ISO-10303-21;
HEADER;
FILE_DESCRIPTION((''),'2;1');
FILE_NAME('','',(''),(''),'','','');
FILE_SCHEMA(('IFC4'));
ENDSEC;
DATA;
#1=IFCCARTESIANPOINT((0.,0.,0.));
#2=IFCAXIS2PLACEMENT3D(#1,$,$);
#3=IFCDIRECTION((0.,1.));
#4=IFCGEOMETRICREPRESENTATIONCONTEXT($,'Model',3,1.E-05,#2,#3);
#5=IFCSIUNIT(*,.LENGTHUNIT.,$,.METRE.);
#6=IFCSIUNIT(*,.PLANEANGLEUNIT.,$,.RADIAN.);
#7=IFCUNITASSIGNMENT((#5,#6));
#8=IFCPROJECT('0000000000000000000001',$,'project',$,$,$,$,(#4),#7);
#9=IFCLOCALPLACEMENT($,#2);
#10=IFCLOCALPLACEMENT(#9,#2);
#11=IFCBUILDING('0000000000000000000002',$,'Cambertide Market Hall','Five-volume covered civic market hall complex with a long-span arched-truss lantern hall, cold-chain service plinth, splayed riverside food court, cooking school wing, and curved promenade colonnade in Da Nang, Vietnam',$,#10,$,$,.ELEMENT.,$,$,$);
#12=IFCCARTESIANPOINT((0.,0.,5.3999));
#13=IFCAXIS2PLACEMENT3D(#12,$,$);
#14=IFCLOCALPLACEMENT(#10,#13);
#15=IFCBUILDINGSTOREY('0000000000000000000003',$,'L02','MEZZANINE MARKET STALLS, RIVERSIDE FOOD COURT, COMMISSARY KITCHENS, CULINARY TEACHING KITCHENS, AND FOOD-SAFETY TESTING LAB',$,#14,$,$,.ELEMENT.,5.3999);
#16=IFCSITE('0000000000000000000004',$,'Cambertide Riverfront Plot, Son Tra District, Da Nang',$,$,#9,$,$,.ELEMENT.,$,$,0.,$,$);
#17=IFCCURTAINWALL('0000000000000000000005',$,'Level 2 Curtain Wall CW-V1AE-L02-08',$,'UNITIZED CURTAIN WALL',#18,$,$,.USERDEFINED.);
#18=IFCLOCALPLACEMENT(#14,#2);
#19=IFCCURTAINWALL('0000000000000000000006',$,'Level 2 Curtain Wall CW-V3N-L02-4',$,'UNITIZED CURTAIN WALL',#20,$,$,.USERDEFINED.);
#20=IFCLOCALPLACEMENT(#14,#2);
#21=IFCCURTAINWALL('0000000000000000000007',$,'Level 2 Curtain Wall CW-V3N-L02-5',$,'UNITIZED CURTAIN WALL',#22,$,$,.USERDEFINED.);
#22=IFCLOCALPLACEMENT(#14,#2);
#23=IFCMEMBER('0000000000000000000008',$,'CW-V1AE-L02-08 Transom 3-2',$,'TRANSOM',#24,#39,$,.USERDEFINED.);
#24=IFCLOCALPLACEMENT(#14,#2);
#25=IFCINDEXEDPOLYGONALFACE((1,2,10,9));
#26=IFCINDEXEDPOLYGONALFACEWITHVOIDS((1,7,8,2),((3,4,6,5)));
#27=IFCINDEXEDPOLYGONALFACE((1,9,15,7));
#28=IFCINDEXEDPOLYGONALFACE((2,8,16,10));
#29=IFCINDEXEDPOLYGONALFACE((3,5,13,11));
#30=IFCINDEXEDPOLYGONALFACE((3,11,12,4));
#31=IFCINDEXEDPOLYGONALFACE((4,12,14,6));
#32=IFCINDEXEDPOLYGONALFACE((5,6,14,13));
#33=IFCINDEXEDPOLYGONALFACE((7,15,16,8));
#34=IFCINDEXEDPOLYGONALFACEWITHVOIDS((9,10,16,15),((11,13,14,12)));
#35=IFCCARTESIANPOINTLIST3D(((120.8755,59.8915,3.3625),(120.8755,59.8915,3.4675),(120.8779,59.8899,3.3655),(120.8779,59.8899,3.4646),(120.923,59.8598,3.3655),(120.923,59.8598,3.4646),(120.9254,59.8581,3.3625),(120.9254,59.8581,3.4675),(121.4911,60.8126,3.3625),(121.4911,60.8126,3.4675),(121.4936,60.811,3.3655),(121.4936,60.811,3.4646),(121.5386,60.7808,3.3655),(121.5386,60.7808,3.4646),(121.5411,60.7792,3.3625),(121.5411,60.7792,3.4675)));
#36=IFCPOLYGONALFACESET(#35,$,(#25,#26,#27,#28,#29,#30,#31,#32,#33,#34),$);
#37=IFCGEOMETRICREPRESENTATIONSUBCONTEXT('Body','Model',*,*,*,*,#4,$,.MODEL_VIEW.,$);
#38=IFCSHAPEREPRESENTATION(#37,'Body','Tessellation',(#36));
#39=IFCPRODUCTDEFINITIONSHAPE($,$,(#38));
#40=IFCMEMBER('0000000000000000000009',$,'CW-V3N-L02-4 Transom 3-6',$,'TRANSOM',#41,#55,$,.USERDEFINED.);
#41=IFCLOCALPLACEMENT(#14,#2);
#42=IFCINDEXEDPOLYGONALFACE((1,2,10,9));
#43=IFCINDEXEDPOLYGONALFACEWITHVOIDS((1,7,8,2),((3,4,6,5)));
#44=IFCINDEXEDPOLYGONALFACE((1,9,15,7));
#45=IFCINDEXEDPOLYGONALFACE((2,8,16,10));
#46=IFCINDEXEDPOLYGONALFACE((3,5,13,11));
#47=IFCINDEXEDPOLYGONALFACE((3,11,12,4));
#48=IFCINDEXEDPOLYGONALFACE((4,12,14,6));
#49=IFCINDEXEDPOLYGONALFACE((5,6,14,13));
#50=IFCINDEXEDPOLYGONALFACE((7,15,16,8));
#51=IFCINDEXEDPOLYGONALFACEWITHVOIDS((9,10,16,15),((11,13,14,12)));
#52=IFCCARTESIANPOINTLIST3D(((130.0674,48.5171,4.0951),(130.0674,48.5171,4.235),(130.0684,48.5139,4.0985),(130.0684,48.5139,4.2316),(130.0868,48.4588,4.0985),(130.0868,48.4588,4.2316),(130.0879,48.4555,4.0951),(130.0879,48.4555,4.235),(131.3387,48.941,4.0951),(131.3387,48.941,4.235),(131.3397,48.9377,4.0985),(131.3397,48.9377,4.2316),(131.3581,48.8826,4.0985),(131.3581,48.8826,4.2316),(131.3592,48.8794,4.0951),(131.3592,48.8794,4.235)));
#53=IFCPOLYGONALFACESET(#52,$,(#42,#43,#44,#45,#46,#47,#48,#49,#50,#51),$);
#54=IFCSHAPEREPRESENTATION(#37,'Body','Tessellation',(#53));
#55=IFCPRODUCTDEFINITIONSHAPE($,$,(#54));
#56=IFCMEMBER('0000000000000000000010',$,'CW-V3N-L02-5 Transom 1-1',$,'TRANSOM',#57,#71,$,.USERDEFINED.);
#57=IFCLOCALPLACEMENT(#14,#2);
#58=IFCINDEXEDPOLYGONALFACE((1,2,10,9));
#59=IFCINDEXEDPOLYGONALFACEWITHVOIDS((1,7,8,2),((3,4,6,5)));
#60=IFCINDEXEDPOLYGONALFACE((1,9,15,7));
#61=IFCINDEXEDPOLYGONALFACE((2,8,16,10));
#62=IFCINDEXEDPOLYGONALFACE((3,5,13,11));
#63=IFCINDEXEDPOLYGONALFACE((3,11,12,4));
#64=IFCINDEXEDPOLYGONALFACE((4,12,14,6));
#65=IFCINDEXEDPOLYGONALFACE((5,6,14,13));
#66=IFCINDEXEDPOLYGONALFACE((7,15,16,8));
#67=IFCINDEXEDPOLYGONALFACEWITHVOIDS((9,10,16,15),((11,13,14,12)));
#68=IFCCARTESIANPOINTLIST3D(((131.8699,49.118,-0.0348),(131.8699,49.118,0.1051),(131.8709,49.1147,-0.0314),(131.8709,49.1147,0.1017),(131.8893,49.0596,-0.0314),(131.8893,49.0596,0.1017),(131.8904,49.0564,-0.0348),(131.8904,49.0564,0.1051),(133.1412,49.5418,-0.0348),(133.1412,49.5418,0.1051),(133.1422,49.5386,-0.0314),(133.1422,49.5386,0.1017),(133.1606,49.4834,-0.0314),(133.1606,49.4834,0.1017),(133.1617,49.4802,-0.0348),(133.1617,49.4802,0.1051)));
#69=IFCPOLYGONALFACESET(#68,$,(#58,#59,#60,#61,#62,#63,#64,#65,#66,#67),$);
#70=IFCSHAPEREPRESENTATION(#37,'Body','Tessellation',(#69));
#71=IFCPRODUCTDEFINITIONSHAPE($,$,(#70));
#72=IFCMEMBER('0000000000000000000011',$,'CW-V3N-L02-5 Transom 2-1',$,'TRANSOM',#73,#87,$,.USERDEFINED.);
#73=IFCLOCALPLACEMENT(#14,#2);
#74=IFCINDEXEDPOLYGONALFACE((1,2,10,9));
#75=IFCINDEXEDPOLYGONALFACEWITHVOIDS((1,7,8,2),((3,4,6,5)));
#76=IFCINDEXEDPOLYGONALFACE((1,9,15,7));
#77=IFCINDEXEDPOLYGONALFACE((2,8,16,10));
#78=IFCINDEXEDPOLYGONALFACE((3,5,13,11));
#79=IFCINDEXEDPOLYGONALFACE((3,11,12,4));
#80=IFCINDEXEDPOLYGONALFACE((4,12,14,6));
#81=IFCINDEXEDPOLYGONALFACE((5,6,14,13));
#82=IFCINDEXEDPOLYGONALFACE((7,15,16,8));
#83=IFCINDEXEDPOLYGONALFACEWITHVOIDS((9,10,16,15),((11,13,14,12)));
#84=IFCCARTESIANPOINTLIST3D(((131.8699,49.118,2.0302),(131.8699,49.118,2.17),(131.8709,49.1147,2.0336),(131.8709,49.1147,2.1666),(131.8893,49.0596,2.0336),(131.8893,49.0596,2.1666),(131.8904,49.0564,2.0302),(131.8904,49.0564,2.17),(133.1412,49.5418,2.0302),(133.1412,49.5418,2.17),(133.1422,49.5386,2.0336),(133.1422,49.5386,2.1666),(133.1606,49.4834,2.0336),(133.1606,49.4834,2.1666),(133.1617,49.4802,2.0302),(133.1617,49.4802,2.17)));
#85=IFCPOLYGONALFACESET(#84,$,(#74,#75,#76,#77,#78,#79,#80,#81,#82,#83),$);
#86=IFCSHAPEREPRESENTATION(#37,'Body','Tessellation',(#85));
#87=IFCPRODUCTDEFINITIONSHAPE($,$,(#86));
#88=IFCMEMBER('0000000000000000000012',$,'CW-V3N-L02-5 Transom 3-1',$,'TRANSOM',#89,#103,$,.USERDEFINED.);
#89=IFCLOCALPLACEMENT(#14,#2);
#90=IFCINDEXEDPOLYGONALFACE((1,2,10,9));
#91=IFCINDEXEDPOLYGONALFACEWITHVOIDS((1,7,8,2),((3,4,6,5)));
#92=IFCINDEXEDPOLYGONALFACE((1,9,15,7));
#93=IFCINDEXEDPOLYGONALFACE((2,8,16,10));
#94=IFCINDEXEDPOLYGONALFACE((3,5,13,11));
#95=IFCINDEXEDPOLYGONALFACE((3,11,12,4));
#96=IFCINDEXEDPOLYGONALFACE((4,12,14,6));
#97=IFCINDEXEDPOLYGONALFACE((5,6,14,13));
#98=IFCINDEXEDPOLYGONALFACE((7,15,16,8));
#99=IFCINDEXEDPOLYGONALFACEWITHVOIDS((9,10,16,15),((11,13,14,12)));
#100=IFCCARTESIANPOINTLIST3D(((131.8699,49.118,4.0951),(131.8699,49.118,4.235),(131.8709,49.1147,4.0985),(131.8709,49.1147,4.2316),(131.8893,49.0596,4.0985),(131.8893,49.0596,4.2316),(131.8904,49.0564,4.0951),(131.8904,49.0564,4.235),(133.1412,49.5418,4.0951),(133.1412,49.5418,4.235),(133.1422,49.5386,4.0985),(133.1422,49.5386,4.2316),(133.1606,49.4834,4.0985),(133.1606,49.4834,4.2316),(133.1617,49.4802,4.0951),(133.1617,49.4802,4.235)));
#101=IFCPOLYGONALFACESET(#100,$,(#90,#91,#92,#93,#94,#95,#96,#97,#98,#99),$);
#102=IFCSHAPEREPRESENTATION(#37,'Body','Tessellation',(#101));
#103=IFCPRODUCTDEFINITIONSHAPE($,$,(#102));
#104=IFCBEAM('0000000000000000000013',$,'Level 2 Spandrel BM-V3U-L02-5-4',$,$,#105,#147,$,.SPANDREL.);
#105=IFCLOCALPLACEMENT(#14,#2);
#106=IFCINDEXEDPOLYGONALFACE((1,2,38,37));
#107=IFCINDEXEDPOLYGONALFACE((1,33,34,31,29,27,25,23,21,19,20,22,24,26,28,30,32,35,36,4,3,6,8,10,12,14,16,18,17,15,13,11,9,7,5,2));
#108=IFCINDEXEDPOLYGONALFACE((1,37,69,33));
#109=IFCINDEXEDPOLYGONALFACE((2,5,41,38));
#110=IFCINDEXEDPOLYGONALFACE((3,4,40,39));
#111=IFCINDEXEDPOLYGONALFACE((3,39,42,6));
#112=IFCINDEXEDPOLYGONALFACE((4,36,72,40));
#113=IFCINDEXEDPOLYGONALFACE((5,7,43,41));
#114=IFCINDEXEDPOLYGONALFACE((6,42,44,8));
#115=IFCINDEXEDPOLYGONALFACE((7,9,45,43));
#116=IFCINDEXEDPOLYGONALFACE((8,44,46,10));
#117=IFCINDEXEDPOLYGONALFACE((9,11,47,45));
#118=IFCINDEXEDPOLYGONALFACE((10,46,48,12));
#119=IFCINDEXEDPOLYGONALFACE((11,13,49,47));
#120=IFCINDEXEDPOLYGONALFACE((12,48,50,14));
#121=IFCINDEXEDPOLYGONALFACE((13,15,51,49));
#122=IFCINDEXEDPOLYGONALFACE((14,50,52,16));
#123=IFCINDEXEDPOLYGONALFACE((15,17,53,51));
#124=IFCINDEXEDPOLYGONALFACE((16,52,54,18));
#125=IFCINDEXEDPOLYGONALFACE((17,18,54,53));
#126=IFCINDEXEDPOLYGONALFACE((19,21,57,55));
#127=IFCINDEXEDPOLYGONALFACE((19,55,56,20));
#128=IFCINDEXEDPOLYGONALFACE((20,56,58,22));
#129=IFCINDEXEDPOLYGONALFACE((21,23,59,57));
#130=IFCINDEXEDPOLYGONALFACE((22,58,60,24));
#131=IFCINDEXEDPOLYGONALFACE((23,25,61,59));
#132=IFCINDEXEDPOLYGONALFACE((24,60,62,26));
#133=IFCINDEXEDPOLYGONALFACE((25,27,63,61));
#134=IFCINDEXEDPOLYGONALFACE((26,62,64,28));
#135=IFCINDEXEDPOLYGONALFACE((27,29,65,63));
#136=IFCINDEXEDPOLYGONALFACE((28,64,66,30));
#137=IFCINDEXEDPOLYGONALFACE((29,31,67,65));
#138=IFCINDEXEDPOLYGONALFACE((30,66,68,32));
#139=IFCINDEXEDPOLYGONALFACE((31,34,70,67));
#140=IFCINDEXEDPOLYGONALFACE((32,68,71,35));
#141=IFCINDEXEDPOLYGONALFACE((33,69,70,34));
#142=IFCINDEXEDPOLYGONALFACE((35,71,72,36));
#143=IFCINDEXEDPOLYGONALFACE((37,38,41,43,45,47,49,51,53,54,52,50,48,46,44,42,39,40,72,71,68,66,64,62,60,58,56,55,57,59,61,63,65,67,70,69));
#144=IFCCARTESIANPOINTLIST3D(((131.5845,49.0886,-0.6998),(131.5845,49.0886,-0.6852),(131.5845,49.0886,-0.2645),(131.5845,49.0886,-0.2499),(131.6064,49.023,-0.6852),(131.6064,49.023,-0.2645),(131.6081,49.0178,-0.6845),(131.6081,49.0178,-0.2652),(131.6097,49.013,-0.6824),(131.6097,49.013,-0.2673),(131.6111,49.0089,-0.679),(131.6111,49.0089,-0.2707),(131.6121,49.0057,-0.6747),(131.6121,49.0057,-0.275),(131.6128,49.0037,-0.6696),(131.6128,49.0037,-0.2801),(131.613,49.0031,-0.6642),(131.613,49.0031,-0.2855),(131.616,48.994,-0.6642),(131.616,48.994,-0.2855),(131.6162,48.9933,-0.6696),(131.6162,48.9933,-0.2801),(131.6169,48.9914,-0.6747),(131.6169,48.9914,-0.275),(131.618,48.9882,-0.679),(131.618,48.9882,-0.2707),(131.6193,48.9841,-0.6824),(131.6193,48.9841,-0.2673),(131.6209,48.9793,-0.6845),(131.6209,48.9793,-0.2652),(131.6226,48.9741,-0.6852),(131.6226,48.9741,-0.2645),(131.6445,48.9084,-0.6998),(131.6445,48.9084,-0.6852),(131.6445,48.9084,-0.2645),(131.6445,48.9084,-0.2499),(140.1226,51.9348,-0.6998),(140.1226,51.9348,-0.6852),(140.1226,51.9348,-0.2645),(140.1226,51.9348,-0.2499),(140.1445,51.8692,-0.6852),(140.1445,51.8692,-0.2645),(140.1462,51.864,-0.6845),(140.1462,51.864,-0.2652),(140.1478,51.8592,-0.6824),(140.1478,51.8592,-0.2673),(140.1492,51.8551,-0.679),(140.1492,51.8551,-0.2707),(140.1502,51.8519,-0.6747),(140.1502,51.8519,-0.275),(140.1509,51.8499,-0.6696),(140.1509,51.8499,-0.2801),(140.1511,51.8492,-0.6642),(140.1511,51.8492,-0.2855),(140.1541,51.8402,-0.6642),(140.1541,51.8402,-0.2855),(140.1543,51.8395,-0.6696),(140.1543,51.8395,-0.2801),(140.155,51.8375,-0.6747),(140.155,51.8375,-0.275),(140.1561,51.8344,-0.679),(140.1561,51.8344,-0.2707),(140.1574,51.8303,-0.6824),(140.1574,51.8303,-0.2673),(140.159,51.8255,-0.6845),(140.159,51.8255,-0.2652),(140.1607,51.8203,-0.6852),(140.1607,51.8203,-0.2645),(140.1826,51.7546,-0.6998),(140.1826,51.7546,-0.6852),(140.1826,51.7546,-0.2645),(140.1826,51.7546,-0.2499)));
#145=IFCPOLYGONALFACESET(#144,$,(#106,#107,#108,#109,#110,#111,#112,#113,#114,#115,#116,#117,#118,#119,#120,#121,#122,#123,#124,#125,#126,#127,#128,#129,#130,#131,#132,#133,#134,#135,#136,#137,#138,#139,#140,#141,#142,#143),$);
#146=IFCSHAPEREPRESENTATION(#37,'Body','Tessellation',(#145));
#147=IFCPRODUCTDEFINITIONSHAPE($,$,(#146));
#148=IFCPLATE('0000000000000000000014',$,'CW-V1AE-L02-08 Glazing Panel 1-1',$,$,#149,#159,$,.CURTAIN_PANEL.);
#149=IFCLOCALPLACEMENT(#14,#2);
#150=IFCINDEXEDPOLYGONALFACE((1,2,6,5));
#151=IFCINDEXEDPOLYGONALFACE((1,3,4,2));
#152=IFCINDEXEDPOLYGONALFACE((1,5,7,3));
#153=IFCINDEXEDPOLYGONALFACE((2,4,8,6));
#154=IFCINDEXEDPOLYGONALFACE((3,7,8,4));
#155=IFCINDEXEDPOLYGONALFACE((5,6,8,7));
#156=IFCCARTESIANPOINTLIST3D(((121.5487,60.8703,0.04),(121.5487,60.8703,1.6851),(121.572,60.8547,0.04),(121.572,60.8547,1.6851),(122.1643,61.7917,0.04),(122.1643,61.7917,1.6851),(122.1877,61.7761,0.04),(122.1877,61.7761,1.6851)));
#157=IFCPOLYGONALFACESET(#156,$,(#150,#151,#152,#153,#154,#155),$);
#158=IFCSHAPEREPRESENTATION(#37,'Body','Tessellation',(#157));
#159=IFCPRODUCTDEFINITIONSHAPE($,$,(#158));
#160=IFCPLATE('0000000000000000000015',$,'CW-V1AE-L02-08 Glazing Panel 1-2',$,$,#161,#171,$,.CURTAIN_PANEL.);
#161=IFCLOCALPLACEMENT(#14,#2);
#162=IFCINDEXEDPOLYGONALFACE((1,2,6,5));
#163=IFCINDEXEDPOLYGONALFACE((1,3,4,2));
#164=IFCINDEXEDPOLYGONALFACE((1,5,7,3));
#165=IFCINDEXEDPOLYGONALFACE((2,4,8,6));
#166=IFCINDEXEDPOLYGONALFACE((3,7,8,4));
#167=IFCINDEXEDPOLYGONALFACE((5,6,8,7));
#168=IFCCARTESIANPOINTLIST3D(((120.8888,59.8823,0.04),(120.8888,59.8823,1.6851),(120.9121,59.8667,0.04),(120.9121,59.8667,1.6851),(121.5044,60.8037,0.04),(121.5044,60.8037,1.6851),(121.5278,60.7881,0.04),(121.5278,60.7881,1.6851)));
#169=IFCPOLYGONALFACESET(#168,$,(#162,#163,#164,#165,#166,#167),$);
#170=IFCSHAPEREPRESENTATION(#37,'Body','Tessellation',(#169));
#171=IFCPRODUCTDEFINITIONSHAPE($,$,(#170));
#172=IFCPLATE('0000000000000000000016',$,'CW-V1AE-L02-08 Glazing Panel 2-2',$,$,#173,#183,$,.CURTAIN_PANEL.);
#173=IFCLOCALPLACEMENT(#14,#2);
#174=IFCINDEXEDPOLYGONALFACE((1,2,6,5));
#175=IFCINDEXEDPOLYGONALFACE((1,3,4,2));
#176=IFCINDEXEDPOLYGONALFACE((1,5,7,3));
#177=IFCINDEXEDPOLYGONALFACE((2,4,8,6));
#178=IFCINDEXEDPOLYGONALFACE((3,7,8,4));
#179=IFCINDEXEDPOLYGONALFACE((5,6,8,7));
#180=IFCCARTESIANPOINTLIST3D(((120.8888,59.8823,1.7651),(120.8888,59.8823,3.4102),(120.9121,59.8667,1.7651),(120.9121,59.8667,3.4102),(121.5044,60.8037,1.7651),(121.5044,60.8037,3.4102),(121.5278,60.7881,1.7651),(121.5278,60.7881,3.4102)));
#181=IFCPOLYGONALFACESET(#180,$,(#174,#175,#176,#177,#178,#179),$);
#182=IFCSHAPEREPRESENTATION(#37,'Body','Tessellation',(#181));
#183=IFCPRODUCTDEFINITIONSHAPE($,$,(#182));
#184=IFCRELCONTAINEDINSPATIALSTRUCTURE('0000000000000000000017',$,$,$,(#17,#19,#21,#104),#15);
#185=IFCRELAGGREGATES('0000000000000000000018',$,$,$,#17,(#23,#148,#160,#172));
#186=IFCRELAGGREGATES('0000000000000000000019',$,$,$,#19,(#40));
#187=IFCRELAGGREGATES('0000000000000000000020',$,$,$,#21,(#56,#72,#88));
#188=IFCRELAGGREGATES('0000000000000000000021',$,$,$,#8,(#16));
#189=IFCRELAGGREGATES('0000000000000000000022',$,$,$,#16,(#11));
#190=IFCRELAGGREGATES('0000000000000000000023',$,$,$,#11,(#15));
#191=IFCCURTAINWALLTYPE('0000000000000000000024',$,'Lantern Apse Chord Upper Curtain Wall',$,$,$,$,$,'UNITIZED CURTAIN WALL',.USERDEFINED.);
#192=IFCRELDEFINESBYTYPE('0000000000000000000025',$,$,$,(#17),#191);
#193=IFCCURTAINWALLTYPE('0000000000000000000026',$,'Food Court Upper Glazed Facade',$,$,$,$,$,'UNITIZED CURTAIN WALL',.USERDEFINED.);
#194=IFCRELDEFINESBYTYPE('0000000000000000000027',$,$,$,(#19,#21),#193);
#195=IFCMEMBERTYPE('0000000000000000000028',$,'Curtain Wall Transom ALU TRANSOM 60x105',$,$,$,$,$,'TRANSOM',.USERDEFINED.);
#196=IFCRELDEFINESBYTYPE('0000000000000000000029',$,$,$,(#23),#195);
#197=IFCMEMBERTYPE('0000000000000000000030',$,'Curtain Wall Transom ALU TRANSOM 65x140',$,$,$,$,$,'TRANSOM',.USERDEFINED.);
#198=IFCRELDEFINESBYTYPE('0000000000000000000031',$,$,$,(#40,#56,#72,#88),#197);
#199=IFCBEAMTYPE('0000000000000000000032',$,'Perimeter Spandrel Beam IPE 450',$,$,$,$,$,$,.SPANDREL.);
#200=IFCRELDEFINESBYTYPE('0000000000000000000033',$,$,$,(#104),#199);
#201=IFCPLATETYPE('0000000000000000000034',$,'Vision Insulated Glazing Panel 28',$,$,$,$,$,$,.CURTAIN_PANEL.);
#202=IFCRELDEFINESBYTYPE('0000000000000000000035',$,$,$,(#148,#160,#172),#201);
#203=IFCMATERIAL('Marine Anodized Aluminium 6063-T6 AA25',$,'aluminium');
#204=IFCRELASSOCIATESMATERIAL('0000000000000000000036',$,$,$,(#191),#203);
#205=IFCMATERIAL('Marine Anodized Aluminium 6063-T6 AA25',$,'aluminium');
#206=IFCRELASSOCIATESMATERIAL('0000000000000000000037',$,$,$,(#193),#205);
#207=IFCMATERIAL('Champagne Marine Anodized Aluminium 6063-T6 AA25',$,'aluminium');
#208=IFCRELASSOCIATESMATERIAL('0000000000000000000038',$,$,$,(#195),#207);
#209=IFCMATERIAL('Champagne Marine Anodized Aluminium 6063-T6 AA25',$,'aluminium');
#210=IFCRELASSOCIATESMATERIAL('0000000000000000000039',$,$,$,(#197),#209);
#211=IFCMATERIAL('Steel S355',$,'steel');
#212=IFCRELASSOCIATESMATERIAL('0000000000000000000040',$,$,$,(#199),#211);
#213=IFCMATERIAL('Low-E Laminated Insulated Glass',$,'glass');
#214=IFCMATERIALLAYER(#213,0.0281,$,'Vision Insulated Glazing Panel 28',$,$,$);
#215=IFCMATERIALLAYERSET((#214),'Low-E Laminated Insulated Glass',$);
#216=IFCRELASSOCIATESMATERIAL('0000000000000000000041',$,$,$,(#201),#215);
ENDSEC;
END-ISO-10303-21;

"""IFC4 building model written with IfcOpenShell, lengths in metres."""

from ifc_helpers import new_model, si_unit, direction, frame, origin, origin_2d, place, context, subcontext, project, spatial, rectangle, hollow_rectangle, i_section, extrude, material, layer, layer_set, material_profile, profile_set, type_object, element, aggregate, save


model = new_model("IFC4")

# Units and contexts
model_context = context("Model", 3, precision=1e-05, world=origin(), true_north=direction((0.0, 1.0)))
body_context = subcontext(model_context, "Body", "Model", "MODEL_VIEW")
ifc_project = project(units=[si_unit("LENGTHUNIT", "METRE"), si_unit("PLANEANGLEUNIT", "RADIAN")], contexts=[model_context])

# Site, building, storey
site_placement = place(None, origin())
site = spatial("IfcSite", under=ifc_project, at=site_placement, Name="Cambertide Riverfront Plot, Son Tra District, Da Nang", CompositionType="ELEMENT", RefElevation=0.0)
building_placement = place(site_placement, origin())
building = spatial("IfcBuilding", under=site, at=building_placement, Name="Cambertide Market Hall", Description="Five-volume covered civic market hall complex with a long-span arched-truss lantern hall, cold-chain service plinth, splayed riverside food court, cooking school wing, and curved promenade colonnade in Da Nang, Vietnam", CompositionType="ELEMENT")
storey_placement = place(building_placement, frame((0.0, 0.0, 5.3999)))
storey = spatial("IfcBuildingStorey", under=building, at=storey_placement, Name="L02", Description="MEZZANINE MARKET STALLS, RIVERSIDE FOOD COURT, COMMISSARY KITCHENS, CULINARY TEACHING KITCHENS, AND FOOD-SAFETY TESTING LAB", CompositionType="ELEMENT", Elevation=5.3999)

# Shared definitions
ifc_material_1 = material(Name="Marine Anodized Aluminium 6063-T6 AA25", Category="aluminium")
curtain_wall_type_1 = type_object("IfcCurtainWallType", Name="Lantern Apse Chord Upper Curtain Wall", ElementType="UNITIZED CURTAIN WALL", PredefinedType="USERDEFINED", material=ifc_material_1)

# Curtain wall
curtain_wall_1_placement = place(storey_placement, origin())
curtain_wall_1 = element("IfcCurtainWall", 1, at=curtain_wall_1_placement, inside=storey, type_object=curtain_wall_type_1, Name="Level 2 Curtain Wall CW-V1AE-L02-08", ObjectType="UNITIZED CURTAIN WALL", PredefinedType="USERDEFINED")

# Curtain walls
ifc_material_2 = material(Name="Marine Anodized Aluminium 6063-T6 AA25", Category="aluminium")
curtain_wall_type_2 = type_object("IfcCurtainWallType", Name="Food Court Upper Glazed Facade", ElementType="UNITIZED CURTAIN WALL", PredefinedType="USERDEFINED", material=ifc_material_2)
curtain_wall_2_placement = place(storey_placement, origin())
curtain_wall_2 = element("IfcCurtainWall", 2, at=curtain_wall_2_placement, inside=storey, type_object=curtain_wall_type_2, Name="Level 2 Curtain Wall CW-V3N-L02-4", ObjectType="UNITIZED CURTAIN WALL", PredefinedType="USERDEFINED")
curtain_wall_3_placement = place(storey_placement, origin())
curtain_wall_3 = element("IfcCurtainWall", 3, at=curtain_wall_3_placement, inside=storey, type_object=curtain_wall_type_2, Name="Level 2 Curtain Wall CW-V3N-L02-5", ObjectType="UNITIZED CURTAIN WALL", PredefinedType="USERDEFINED")

# Members
ifc_material_3 = material(Name="Champagne Marine Anodized Aluminium 6063-T6 AA25", Category="aluminium")
ifc_material_profile_1 = material_profile(ifc_material_3, hollow_rectangle(XDim=0.0601, YDim=0.105, WallThickness=0.0029, at=origin_2d()), Name="ALU TRANSOM 60x105")
ifc_profile_set_1 = profile_set([ifc_material_profile_1], Name="Champagne Marine Anodized Aluminium 6063-T6 AA25")
member_type_1 = type_object("IfcMemberType", Name="Curtain Wall Transom ALU TRANSOM 60x105", ElementType="TRANSOM", PredefinedType="USERDEFINED", material=ifc_profile_set_1)
member_1_placement = place(storey_placement, frame((121.5161, 60.7959, 3.415), z_axis=(-0.555717, -0.831372, 0.0), x_axis=(0.831372, -0.555717, 0.0)))
member_1 = element("IfcMember", 4, at=member_1_placement, type_object=member_type_1, Name="CW-V1AE-L02-08 Transom 3-2", ObjectType="TRANSOM", PredefinedType="USERDEFINED", context=body_context, shape_type="SweptSolid", body=[
    extrude(hollow_rectangle(XDim=0.0601, YDim=0.105, WallThickness=0.0029, at=origin_2d()), origin(), (0.0, 0.0, 1.0), 1.1079),
])
ifc_material_4 = material(Name="Champagne Marine Anodized Aluminium 6063-T6 AA25", Category="aluminium")
ifc_material_profile_2 = material_profile(ifc_material_4, hollow_rectangle(XDim=0.0649, YDim=0.1399, WallThickness=0.0034, at=origin_2d()), Name="ALU TRANSOM 65x140")
ifc_profile_set_2 = profile_set([ifc_material_profile_2], Name="Champagne Marine Anodized Aluminium 6063-T6 AA25")
member_type_2 = type_object("IfcMemberType", Name="Curtain Wall Transom ALU TRANSOM 65x140", ElementType="TRANSOM", PredefinedType="USERDEFINED", material=ifc_profile_set_2)
member_2_placement = place(storey_placement, frame((130.0776, 48.4863, 4.165), z_axis=(0.948665, 0.316282, 0.0), x_axis=(-0.316282, 0.948665, 0.0)))
member_2 = element("IfcMember", 5, at=member_2_placement, type_object=member_type_2, Name="CW-V3N-L02-4 Transom 3-6", ObjectType="TRANSOM", PredefinedType="USERDEFINED", context=body_context, shape_type="SweptSolid", body=[
    extrude(hollow_rectangle(XDim=0.0649, YDim=0.1399, WallThickness=0.0034, at=origin_2d()), origin(), (0.0, 0.0, 1.0), 1.3401),
])
member_3_placement = place(storey_placement, frame((131.8801, 49.0872, 0.0352), z_axis=(0.948665, 0.316282, 0.0), x_axis=(-0.316282, 0.948665, 0.0)))
member_3 = element("IfcMember", 6, at=member_3_placement, type_object=member_type_2, Name="CW-V3N-L02-5 Transom 1-1", ObjectType="TRANSOM", PredefinedType="USERDEFINED", context=body_context, shape_type="SweptSolid", body=[
    extrude(hollow_rectangle(XDim=0.0649, YDim=0.1399, WallThickness=0.0034, at=origin_2d()), origin(), (0.0, 0.0, 1.0), 1.3401),
])
member_4_placement = place(storey_placement, frame((131.8801, 49.0872, 2.1001), z_axis=(0.948665, 0.316282, 0.0), x_axis=(-0.316282, 0.948665, 0.0)))
member_4 = element("IfcMember", 7, at=member_4_placement, type_object=member_type_2, Name="CW-V3N-L02-5 Transom 2-1", ObjectType="TRANSOM", PredefinedType="USERDEFINED", context=body_context, shape_type="SweptSolid", body=[
    extrude(hollow_rectangle(XDim=0.0649, YDim=0.1399, WallThickness=0.0034, at=origin_2d()), origin(), (0.0, 0.0, 1.0), 1.3401),
])
member_5_placement = place(storey_placement, frame((131.8801, 49.0872, 4.165), z_axis=(0.948665, 0.316282, 0.0), x_axis=(-0.316282, 0.948665, 0.0)))
member_5 = element("IfcMember", 8, at=member_5_placement, type_object=member_type_2, Name="CW-V3N-L02-5 Transom 3-1", ObjectType="TRANSOM", PredefinedType="USERDEFINED", context=body_context, shape_type="SweptSolid", body=[
    extrude(hollow_rectangle(XDim=0.0649, YDim=0.1399, WallThickness=0.0034, at=origin_2d()), origin(), (0.0, 0.0, 1.0), 1.3401),
])

# Beam
ifc_material_5 = material(Name="Steel S355", Category="steel")
ifc_material_profile_3 = material_profile(ifc_material_5, i_section(OverallWidth=0.1899, OverallDepth=0.45, WebThickness=0.0095, FlangeThickness=0.0146, FilletRadius=0.021, at=origin_2d()), Name="IPE 450")
ifc_profile_set_3 = profile_set([ifc_material_profile_3], Name="Steel S355")
beam_type = type_object("IfcBeamType", Name="Perimeter Spandrel Beam IPE 450", PredefinedType="SPANDREL", material=ifc_profile_set_3)
beam_placement = place(storey_placement, frame((131.6145, 48.9985, -0.4749), z_axis=(0.948678, 0.316244, 0.0), x_axis=(-0.316244, 0.948678, 0.0)))
element("IfcBeam", 9, at=beam_placement, inside=storey, type_object=beam_type, Name="Level 2 Spandrel BM-V3U-L02-5-4", PredefinedType="SPANDREL", context=body_context, shape_type="SweptSolid", body=[
    extrude(i_section(OverallWidth=0.1899, OverallDepth=0.45, WebThickness=0.0095, FlangeThickness=0.0146, FilletRadius=0.021, at=origin_2d()), origin(), (0.0, 0.0, 1.0), 9.0),
])

# Plates
ifc_material_6 = material(Name="Low-E Laminated Insulated Glass", Category="glass")
ifc_layer_1 = layer(ifc_material_6, 0.0281, Name="Vision Insulated Glazing Panel 28")
ifc_layer_set_1 = layer_set([ifc_layer_1], Name="Low-E Laminated Insulated Glass")
plate_type = type_object("IfcPlateType", Name="Vision Insulated Glazing Panel 28", PredefinedType="CURTAIN_PANEL", material=ifc_layer_set_1)
plate_1_placement = place(storey_placement, frame((121.8682, 61.3232, 0.04), z_axis=(0.0, 0.0, 1.0), x_axis=(-0.55557, -0.83147, 0.0)))
plate_1 = element("IfcPlate", 10, at=plate_1_placement, type_object=plate_type, Name="CW-V1AE-L02-08 Glazing Panel 1-1", PredefinedType="CURTAIN_PANEL", context=body_context, shape_type="SweptSolid", body=[
    extrude(rectangle(XDim=1.1082, YDim=0.0281, at=origin_2d()), origin(), (0.0, 0.0, 1.0), 1.645),
])
plate_2_placement = place(storey_placement, frame((121.2083, 60.3352, 0.04), z_axis=(0.0, 0.0, 1.0), x_axis=(-0.55557, -0.83147, 0.0)))
plate_2 = element("IfcPlate", 11, at=plate_2_placement, type_object=plate_type, Name="CW-V1AE-L02-08 Glazing Panel 1-2", PredefinedType="CURTAIN_PANEL", context=body_context, shape_type="SweptSolid", body=[
    extrude(rectangle(XDim=1.1082, YDim=0.0281, at=origin_2d()), origin(), (0.0, 0.0, 1.0), 1.645),
])
plate_3_placement = place(storey_placement, frame((121.2083, 60.3352, 1.7651), z_axis=(0.0, 0.0, 1.0), x_axis=(-0.55557, -0.83147, 0.0)))
plate_3 = element("IfcPlate", 12, at=plate_3_placement, type_object=plate_type, Name="CW-V1AE-L02-08 Glazing Panel 2-2", PredefinedType="CURTAIN_PANEL", context=body_context, shape_type="SweptSolid", body=[
    extrude(rectangle(XDim=1.1082, YDim=0.0281, at=origin_2d()), origin(), (0.0, 0.0, 1.0), 1.645),
])
aggregate(curtain_wall_1, [member_1, plate_1, plate_2, plate_3])
aggregate(curtain_wall_2, [member_2])
aggregate(curtain_wall_3, [member_3, member_4, member_5])

save(model, "model.ifc")
